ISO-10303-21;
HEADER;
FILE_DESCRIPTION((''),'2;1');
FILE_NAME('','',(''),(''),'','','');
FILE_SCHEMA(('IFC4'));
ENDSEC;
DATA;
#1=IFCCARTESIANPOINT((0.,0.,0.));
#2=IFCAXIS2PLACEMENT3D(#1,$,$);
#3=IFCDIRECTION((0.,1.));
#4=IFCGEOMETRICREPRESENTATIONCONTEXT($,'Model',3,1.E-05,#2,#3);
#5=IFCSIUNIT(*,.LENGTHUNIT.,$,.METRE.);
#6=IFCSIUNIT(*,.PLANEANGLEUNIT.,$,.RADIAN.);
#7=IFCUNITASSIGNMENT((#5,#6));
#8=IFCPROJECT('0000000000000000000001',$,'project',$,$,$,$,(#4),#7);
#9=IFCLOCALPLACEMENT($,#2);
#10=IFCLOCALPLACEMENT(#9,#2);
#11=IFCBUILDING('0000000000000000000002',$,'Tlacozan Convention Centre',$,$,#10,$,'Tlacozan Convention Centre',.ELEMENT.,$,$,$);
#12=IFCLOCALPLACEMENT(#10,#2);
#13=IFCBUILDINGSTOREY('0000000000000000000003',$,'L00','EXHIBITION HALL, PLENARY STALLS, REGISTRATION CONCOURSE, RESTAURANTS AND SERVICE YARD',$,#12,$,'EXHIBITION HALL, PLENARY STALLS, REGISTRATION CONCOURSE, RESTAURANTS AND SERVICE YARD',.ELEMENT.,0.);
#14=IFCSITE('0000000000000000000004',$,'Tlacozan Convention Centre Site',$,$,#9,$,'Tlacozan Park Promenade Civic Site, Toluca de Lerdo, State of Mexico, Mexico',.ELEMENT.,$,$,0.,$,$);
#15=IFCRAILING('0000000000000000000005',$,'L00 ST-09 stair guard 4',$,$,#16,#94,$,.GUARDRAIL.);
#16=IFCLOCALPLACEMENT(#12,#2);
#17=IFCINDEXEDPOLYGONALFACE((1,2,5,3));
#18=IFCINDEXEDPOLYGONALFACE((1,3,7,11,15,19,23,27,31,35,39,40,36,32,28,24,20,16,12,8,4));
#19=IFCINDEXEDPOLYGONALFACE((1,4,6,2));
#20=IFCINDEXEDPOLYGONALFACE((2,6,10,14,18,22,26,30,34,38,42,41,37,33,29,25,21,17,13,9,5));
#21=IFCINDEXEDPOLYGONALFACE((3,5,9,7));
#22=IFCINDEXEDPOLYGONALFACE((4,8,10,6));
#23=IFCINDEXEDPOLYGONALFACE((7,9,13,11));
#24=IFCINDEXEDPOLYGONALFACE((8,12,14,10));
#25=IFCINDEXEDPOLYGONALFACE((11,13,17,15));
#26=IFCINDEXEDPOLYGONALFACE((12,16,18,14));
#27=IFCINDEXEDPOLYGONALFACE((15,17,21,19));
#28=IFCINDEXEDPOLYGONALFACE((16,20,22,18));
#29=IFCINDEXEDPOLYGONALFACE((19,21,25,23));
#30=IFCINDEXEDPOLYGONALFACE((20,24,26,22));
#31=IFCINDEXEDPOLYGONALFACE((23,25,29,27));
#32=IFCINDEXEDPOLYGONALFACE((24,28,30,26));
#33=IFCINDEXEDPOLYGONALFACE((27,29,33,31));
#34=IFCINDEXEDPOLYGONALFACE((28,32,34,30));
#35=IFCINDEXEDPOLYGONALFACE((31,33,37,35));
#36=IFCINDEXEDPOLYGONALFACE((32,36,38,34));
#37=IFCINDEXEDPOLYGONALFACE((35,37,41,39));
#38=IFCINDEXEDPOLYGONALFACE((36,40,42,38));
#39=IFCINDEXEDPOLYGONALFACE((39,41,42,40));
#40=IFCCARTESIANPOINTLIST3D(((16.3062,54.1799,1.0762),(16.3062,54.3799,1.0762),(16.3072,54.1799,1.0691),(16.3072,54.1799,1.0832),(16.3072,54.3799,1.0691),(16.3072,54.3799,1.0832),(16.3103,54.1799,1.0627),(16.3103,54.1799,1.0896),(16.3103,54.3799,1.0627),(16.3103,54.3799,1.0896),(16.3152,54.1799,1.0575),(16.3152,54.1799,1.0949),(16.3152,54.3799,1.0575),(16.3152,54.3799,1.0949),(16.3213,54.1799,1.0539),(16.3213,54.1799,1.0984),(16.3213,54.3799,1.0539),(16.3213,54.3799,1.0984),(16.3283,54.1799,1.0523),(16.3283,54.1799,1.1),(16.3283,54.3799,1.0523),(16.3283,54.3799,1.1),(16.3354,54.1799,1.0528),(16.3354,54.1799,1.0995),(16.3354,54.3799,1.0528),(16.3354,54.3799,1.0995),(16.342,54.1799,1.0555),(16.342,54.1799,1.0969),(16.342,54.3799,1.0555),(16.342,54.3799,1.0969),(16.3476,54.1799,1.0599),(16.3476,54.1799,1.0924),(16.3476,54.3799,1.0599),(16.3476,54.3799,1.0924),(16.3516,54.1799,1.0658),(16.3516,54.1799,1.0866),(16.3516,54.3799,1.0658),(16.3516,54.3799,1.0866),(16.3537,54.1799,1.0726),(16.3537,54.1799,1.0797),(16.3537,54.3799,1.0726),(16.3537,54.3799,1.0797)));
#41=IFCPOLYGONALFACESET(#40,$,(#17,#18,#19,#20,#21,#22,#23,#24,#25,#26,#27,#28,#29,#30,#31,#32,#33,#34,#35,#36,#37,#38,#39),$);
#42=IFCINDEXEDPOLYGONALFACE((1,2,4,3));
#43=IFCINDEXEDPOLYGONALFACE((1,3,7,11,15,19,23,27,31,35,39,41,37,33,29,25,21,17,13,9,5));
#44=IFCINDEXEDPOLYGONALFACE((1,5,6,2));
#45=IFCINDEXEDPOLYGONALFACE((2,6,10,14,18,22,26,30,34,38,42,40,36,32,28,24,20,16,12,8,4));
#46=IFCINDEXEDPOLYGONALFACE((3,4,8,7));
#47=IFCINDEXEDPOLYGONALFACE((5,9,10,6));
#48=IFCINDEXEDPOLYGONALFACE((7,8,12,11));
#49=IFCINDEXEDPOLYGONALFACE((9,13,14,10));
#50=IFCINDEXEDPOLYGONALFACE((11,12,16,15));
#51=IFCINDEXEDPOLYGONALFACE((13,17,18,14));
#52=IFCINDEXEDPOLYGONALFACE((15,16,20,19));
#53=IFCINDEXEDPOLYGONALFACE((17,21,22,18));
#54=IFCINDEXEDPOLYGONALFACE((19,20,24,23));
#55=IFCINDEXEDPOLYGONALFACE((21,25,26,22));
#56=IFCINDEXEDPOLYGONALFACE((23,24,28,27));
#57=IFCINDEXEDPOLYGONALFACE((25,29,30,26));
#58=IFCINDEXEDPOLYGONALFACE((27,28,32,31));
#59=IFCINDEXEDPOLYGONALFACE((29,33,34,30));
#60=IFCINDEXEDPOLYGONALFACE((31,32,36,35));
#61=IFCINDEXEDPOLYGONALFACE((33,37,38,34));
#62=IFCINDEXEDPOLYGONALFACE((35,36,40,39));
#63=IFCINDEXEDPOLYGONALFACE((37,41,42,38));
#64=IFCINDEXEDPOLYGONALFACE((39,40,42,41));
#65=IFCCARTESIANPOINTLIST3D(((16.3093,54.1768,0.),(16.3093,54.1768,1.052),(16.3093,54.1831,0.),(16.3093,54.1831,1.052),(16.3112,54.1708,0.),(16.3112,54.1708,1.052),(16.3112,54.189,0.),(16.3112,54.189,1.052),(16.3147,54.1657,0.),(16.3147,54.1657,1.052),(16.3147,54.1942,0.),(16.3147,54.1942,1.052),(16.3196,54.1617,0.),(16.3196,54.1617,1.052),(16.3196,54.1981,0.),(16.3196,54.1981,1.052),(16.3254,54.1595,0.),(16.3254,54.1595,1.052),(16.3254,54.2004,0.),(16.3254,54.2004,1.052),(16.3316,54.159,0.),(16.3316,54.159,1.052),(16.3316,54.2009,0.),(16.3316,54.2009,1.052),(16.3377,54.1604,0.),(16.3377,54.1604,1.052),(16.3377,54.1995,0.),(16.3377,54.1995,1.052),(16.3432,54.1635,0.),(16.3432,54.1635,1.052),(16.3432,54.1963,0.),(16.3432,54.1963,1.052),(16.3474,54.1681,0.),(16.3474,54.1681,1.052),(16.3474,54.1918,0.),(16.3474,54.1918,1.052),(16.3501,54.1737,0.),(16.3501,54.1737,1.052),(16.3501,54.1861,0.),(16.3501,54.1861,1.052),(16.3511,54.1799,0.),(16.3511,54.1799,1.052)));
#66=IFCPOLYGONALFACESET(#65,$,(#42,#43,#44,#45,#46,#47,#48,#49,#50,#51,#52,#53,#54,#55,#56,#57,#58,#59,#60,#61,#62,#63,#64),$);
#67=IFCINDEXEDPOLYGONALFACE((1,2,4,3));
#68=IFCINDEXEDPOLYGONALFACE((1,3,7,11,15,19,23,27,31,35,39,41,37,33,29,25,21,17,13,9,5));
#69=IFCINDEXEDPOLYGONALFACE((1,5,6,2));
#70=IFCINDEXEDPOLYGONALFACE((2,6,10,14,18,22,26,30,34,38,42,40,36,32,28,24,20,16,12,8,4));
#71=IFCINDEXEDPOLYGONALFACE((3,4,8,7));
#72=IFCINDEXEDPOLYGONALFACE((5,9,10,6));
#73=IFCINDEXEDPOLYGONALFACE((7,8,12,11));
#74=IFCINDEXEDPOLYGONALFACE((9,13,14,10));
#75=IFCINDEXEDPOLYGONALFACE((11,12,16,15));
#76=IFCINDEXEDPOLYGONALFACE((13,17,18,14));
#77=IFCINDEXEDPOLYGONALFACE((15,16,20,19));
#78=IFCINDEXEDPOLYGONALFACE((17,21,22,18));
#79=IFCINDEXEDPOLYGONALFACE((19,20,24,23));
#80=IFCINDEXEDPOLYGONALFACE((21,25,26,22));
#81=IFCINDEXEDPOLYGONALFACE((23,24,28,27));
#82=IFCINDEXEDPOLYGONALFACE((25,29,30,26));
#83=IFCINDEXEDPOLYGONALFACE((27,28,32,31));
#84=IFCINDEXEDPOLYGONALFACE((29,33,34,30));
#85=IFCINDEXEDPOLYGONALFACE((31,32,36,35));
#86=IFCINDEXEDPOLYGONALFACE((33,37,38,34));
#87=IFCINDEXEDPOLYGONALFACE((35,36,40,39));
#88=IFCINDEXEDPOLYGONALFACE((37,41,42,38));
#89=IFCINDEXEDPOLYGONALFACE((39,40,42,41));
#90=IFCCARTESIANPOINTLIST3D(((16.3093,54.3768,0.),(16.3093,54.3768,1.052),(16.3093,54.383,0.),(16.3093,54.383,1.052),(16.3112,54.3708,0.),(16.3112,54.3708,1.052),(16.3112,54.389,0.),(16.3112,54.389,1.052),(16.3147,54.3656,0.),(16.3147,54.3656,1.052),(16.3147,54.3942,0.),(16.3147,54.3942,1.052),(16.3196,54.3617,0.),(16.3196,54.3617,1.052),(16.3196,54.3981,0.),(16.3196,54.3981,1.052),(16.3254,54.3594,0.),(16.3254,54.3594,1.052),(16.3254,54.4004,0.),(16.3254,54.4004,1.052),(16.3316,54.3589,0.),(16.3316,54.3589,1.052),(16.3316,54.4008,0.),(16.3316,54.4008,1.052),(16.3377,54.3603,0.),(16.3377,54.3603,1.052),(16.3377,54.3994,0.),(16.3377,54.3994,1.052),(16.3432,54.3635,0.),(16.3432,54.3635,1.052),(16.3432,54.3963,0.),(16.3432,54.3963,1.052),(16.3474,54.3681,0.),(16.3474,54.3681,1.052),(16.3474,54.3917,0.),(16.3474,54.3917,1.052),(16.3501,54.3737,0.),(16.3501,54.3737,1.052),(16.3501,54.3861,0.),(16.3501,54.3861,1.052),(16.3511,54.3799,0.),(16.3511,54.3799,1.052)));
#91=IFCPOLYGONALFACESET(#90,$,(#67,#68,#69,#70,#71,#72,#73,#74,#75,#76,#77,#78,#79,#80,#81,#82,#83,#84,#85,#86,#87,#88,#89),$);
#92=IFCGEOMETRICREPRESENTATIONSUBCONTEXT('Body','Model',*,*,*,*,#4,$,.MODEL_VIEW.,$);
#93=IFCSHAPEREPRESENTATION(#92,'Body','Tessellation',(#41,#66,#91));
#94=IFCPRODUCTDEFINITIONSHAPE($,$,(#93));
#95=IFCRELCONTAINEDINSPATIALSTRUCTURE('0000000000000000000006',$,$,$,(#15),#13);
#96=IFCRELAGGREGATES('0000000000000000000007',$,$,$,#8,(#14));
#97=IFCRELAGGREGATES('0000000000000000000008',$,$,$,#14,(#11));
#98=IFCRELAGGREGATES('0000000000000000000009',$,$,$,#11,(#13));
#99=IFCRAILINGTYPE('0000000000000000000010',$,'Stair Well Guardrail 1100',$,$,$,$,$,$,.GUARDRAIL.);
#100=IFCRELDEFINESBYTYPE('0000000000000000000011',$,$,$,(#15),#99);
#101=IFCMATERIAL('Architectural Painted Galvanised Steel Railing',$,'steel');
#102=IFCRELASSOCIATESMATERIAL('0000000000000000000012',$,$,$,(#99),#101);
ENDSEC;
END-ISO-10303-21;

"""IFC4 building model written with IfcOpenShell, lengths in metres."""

from ifc_helpers import new_model, si_unit, direction, frame, origin, origin_2d, place, context, subcontext, project, spatial, circle, extrude, material, type_object, element, save


model = new_model("IFC4")

# Units and contexts
model_context = context("Model", 3, precision=1e-05, world=origin(), true_north=direction((0.0, 1.0)))
body_context = subcontext(model_context, "Body", "Model", "MODEL_VIEW")
ifc_project = project(units=[si_unit("LENGTHUNIT", "METRE"), si_unit("PLANEANGLEUNIT", "RADIAN")], contexts=[model_context])

# Site, building, storey
site_placement = place(None, origin())
site = spatial("IfcSite", under=ifc_project, at=site_placement, Name="Tlacozan Convention Centre Site", LongName="Tlacozan Park Promenade Civic Site, Toluca de Lerdo, State of Mexico, Mexico", CompositionType="ELEMENT", RefElevation=0.0)
building_placement = place(site_placement, origin())
building = spatial("IfcBuilding", under=site, at=building_placement, Name="Tlacozan Convention Centre", LongName="Tlacozan Convention Centre", CompositionType="ELEMENT")
storey_placement = place(building_placement, origin())
storey = spatial("IfcBuildingStorey", under=building, at=storey_placement, Name="L00", Description="EXHIBITION HALL, PLENARY STALLS, REGISTRATION CONCOURSE, RESTAURANTS AND SERVICE YARD", LongName="EXHIBITION HALL, PLENARY STALLS, REGISTRATION CONCOURSE, RESTAURANTS AND SERVICE YARD", CompositionType="ELEMENT", Elevation=0.0)

# Railing
ifc_material_1 = material(Name="Architectural Painted Galvanised Steel Railing", Category="steel")
railing_type_1 = type_object("IfcRailingType", Name="Stair Well Guardrail 1100", PredefinedType="GUARDRAIL", material=ifc_material_1)
railing_1_placement = place(storey_placement, frame((16.3301, 54.1799, 0.0)))
element("IfcRailing", 1, at=railing_1_placement, inside=storey, type_object=railing_type_1, Name="L00 ST-09 stair guard 4", PredefinedType="GUARDRAIL", context=body_context, shape_type="SweptSolid", body=[
    extrude(circle(Radius=0.0239, at=origin_2d()), frame((0.0, 0.0, 1.0762), z_axis=(0.0, 1.0, 0.0), x_axis=(-1.0, 0.0, 0.0)), (0.0, 0.0, 1.0), 0.2),
    extrude(circle(Radius=0.021, at=origin_2d()), origin(), (0.0, 0.0, 1.0), 1.052),
    extrude(circle(Radius=0.021, at=origin_2d()), frame((0.0, 0.2, 0.0)), (0.0, 0.0, 1.0), 1.052),
])

save(model, "model.ifc")
